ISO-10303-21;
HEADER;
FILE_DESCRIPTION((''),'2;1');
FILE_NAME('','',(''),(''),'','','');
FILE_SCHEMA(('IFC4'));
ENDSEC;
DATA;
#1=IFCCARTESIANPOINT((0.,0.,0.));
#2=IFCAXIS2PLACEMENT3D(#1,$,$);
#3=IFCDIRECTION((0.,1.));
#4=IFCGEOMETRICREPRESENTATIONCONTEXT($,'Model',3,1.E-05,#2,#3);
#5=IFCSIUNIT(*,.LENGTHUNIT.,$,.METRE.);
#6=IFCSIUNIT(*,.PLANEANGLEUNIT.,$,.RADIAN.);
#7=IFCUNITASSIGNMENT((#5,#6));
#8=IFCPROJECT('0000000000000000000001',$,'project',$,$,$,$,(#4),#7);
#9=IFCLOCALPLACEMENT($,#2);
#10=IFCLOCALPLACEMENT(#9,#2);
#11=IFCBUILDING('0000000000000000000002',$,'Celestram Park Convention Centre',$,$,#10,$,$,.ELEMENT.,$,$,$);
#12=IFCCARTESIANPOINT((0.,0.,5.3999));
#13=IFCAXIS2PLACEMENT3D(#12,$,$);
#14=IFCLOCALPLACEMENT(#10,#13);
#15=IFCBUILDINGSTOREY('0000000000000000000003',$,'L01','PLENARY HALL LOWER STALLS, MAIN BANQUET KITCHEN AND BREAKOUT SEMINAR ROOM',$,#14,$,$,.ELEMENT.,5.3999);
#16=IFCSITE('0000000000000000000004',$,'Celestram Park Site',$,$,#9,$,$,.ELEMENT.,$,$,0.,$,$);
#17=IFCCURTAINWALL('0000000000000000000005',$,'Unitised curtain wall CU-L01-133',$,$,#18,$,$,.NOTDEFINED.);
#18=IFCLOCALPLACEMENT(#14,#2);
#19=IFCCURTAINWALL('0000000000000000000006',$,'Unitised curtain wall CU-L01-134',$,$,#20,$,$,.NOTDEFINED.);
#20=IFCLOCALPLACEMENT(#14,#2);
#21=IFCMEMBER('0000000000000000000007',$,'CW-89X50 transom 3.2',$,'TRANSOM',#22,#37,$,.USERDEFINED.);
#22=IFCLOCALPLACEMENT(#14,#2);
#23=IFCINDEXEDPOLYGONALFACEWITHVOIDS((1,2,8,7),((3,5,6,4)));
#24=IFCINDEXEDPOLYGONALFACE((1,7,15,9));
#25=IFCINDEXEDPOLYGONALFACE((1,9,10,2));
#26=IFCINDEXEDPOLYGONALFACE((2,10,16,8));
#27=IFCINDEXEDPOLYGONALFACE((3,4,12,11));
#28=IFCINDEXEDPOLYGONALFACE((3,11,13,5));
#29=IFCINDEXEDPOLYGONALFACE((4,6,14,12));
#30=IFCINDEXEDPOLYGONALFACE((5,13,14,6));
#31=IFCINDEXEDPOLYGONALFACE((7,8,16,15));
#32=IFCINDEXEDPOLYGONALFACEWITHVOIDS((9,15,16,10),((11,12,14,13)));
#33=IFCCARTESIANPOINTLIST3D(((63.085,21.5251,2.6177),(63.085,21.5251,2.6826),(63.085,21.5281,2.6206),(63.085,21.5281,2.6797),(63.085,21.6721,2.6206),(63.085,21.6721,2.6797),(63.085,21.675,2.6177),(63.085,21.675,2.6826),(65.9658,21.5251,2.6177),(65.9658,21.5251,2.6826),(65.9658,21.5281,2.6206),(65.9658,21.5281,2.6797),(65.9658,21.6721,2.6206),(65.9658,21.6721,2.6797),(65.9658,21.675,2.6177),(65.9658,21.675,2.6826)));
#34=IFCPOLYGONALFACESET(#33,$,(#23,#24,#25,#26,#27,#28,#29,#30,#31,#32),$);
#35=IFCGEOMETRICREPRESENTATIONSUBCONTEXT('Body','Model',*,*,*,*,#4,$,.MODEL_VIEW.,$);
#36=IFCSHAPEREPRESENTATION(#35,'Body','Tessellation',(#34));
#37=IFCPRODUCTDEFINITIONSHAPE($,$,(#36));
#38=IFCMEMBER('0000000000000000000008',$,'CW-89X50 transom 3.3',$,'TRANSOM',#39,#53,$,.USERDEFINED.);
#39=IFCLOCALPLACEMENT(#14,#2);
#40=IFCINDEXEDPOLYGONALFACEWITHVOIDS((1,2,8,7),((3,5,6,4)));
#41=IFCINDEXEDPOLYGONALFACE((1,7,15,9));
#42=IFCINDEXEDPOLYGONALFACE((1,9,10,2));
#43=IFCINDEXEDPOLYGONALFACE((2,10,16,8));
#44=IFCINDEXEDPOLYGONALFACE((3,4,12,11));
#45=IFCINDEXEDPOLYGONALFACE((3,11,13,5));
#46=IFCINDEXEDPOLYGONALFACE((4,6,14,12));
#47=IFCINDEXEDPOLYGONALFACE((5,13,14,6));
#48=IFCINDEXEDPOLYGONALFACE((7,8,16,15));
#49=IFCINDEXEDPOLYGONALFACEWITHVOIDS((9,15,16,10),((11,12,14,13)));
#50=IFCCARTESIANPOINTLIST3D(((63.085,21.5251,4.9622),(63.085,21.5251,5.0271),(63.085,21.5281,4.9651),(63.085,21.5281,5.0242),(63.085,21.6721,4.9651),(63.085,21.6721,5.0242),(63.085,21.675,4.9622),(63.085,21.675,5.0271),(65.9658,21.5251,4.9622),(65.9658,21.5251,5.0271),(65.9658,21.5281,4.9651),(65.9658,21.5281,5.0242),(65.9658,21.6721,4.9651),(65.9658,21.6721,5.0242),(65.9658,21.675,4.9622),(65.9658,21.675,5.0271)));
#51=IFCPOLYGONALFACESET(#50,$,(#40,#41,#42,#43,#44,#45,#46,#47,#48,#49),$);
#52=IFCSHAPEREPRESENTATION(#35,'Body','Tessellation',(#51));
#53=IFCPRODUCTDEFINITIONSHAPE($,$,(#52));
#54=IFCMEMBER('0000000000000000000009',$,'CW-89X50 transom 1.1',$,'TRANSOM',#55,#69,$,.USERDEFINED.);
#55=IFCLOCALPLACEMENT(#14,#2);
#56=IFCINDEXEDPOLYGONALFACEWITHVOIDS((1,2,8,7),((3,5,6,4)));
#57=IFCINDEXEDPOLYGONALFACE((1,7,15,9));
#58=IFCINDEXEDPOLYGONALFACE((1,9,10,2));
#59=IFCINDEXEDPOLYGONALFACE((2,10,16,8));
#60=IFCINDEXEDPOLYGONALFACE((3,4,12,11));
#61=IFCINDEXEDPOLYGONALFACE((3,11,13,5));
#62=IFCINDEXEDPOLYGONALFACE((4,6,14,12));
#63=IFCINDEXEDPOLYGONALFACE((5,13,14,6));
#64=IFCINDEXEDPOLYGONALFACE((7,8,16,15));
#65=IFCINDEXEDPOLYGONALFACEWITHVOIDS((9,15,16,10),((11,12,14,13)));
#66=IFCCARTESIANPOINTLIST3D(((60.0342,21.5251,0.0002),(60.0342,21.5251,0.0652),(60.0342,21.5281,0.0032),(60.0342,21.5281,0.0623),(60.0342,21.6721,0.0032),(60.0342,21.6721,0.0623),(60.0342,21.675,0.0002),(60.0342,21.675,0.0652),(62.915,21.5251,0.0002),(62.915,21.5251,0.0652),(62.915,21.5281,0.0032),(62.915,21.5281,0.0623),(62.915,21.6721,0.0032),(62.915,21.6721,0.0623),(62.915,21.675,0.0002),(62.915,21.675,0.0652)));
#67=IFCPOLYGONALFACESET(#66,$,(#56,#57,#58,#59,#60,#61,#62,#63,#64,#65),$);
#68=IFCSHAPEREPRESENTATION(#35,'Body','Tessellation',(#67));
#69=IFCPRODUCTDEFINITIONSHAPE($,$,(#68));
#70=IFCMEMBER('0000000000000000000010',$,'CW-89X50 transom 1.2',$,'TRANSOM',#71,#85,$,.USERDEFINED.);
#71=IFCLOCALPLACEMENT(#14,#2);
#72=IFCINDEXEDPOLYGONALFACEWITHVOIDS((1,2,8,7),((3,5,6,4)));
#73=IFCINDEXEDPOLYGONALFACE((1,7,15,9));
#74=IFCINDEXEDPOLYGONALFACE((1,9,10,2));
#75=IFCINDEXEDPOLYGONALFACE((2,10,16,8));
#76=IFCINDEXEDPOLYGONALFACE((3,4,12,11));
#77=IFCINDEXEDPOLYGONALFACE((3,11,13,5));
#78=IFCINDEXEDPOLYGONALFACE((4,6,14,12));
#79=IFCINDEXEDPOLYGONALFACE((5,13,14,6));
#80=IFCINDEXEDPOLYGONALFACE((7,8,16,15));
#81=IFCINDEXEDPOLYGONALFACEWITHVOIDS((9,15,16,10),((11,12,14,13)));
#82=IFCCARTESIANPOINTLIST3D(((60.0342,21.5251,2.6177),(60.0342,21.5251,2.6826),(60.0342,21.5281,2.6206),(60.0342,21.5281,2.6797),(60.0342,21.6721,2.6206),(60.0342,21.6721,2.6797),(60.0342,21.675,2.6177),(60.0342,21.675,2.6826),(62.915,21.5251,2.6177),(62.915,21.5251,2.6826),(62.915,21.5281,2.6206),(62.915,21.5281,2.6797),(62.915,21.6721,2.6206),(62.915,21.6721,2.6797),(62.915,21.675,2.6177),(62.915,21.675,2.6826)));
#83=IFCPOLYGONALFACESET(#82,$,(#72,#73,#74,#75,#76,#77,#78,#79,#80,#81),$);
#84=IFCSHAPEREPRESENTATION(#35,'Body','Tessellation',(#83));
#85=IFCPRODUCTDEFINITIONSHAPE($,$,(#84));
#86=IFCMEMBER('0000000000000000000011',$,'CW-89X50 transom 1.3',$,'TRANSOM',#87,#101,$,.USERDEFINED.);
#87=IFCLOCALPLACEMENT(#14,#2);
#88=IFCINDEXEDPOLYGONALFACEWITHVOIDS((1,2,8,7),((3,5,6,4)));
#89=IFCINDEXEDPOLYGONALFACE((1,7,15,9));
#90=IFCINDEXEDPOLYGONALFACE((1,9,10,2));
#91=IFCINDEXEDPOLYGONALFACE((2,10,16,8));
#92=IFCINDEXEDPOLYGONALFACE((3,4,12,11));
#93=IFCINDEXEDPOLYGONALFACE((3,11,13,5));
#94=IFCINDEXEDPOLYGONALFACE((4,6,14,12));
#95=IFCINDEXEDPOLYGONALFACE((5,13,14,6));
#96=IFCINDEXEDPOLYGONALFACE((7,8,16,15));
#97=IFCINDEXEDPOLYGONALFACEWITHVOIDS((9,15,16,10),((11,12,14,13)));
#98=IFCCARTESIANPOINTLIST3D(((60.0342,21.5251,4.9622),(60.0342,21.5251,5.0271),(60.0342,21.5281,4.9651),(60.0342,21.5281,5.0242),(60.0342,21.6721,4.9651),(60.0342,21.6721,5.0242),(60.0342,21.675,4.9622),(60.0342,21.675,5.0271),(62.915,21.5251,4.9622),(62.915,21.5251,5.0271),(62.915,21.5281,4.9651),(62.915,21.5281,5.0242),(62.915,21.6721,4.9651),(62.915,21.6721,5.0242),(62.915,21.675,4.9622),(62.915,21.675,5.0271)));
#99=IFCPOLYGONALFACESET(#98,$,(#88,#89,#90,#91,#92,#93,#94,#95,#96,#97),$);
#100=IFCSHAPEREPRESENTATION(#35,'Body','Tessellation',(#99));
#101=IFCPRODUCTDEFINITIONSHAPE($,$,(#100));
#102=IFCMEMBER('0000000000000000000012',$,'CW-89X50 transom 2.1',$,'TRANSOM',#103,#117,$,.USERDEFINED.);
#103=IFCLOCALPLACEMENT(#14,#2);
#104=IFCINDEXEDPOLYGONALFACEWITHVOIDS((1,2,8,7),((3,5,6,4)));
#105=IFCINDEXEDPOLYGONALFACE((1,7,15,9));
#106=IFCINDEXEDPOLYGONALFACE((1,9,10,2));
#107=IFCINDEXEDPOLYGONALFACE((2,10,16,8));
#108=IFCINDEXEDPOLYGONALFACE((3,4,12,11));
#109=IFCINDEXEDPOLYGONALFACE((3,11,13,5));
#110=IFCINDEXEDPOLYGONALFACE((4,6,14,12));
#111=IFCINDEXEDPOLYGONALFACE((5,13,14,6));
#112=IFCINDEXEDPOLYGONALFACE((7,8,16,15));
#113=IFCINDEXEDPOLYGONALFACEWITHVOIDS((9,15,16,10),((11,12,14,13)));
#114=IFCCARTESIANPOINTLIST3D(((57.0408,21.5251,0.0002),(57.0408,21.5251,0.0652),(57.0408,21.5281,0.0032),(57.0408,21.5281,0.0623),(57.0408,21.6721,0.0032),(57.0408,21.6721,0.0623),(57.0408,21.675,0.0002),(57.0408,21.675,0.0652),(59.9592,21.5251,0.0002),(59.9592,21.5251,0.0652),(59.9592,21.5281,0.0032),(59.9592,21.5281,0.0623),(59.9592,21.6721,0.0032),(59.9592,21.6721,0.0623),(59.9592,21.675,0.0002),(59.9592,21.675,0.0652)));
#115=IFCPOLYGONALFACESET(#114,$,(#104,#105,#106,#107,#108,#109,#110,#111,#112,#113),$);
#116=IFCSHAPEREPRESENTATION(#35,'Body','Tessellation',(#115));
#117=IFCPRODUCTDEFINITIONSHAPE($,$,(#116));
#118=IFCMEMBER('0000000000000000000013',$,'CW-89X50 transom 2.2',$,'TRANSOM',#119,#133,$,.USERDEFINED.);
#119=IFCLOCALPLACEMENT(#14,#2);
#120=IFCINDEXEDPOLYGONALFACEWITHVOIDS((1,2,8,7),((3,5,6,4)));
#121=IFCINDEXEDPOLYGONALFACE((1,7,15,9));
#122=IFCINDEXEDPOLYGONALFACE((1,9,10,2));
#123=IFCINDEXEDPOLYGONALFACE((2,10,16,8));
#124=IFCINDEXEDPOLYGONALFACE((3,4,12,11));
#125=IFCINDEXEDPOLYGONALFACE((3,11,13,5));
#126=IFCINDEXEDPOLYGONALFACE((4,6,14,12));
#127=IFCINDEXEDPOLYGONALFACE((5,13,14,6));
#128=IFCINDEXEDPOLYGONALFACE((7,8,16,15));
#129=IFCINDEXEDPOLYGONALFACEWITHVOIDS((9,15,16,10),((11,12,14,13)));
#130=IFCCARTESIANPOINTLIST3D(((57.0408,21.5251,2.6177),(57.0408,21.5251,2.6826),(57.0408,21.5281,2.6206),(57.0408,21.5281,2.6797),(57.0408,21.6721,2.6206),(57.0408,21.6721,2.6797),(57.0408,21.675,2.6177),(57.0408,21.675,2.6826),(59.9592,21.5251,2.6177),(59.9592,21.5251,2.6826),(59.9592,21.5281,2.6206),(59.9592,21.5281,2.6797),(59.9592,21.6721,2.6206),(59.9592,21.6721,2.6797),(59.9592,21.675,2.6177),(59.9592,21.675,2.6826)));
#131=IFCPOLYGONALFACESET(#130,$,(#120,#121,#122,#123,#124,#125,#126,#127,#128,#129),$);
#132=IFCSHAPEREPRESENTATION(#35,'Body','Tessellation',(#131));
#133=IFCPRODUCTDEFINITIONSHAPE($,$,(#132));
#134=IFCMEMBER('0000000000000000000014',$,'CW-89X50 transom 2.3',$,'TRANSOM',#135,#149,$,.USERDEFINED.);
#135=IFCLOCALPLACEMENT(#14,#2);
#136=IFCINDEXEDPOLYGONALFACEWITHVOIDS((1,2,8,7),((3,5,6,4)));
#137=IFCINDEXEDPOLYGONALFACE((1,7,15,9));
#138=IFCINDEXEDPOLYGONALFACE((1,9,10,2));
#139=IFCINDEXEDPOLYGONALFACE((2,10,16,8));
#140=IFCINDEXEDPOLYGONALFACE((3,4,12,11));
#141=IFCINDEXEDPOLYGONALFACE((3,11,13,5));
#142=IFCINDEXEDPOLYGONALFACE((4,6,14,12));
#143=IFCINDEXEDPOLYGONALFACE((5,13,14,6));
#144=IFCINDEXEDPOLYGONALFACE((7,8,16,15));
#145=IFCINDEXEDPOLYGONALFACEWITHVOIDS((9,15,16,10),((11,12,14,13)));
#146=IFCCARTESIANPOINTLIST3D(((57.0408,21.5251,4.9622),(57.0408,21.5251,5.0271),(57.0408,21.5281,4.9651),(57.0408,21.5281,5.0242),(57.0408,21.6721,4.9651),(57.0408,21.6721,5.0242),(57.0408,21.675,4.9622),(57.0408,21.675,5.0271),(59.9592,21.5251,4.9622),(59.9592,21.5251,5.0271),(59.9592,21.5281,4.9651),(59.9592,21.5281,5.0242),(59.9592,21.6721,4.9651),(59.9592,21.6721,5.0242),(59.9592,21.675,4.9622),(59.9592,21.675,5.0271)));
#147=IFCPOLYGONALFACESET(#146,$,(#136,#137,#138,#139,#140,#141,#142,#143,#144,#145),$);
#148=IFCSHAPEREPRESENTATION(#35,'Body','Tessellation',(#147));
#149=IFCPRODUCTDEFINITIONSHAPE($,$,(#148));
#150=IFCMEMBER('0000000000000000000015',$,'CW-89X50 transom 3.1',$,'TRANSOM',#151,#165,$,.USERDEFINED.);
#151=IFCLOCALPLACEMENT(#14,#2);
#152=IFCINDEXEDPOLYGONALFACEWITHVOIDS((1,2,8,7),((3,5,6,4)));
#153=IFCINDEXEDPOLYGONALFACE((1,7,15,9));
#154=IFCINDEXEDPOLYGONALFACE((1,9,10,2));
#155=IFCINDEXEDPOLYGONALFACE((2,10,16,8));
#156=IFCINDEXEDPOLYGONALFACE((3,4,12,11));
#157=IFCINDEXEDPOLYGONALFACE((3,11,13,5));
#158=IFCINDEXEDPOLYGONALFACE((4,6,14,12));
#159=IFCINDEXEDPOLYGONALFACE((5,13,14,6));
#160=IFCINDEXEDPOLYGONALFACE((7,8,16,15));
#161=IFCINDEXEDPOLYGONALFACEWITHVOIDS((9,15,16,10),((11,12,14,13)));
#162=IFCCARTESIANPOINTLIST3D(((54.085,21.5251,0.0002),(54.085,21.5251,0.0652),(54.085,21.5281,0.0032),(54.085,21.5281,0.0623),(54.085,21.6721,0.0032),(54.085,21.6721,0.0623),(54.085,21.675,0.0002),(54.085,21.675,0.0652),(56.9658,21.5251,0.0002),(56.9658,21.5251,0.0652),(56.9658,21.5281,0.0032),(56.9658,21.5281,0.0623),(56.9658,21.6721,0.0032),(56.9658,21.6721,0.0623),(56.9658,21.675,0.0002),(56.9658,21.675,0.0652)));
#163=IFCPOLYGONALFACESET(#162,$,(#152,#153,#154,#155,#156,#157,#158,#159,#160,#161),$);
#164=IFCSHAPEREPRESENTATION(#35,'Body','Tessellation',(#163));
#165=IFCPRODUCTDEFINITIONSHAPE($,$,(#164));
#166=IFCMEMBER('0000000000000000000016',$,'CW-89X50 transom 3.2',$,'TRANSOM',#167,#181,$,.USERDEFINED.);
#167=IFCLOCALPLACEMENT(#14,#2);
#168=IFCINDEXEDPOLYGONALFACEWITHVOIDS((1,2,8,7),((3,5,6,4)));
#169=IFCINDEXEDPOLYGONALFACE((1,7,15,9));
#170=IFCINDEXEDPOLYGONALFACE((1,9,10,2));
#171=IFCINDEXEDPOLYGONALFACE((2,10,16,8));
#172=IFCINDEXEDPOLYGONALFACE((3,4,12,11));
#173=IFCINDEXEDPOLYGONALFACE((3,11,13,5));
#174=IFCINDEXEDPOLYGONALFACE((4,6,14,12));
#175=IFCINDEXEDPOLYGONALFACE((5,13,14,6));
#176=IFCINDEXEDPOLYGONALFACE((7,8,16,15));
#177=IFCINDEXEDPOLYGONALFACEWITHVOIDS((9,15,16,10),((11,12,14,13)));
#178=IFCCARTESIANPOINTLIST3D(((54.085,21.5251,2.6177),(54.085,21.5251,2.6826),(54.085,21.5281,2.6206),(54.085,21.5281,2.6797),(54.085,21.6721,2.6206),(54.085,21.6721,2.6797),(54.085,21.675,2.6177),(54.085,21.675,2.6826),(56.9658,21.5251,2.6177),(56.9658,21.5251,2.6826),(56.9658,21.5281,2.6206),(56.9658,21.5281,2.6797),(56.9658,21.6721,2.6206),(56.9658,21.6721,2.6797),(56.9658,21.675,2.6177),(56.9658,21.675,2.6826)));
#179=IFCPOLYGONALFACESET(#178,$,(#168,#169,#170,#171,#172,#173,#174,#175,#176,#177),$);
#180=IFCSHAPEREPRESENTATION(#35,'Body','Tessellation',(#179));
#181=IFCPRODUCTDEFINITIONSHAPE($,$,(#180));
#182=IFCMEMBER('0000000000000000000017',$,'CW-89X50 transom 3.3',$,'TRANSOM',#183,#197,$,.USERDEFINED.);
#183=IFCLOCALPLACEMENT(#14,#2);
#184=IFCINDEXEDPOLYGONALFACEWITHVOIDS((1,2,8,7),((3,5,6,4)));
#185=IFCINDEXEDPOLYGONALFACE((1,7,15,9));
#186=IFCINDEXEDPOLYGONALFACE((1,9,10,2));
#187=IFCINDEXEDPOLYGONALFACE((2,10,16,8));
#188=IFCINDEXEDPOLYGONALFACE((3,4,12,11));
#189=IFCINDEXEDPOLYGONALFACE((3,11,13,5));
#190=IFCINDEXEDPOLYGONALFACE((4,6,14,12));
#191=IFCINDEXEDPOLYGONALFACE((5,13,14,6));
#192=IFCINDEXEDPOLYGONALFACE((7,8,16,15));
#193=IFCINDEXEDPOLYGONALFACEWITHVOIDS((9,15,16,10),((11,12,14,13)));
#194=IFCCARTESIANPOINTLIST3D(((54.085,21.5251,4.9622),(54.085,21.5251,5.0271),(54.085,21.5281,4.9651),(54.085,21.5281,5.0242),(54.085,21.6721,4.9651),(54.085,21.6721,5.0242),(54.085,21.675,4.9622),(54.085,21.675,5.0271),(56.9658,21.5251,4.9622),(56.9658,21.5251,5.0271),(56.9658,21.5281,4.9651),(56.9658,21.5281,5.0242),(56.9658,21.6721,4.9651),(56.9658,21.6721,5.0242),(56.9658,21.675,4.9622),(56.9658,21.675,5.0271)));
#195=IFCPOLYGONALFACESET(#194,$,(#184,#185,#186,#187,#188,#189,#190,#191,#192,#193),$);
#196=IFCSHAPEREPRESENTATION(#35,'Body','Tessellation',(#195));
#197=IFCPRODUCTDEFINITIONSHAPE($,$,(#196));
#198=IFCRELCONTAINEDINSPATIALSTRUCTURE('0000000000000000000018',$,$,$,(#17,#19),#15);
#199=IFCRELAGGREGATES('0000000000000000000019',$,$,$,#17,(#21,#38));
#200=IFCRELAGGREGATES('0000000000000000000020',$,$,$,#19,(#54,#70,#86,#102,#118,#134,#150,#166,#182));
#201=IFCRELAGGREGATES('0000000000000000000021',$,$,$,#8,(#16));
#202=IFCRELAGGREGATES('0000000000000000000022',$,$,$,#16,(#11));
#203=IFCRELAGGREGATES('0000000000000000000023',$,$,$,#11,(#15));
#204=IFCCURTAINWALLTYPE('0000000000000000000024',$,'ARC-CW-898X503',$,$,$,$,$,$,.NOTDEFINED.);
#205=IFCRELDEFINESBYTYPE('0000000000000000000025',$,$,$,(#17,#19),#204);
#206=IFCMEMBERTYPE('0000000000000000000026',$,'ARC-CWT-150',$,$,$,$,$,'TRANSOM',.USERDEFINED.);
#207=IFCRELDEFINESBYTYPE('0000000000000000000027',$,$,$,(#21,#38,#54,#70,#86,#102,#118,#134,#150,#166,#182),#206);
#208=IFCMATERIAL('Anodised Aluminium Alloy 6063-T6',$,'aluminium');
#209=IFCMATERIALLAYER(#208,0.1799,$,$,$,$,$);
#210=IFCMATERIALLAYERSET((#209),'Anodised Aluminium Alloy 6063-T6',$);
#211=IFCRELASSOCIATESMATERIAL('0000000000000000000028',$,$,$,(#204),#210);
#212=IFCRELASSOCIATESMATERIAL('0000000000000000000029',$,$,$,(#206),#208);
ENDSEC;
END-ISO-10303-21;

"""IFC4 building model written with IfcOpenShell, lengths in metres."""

from ifc_helpers import new_model, si_unit, direction, frame, origin, origin_2d, place, context, subcontext, project, spatial, hollow_rectangle, extrude, material, layer, layer_set, material_profile, profile_set, type_object, element, aggregate, save


model = new_model("IFC4")

# Units and contexts
model_context = context("Model", 3, precision=1e-05, world=origin(), true_north=direction((0.0, 1.0)))
body_context = subcontext(model_context, "Body", "Model", "MODEL_VIEW")
ifc_project = project(units=[si_unit("LENGTHUNIT", "METRE"), si_unit("PLANEANGLEUNIT", "RADIAN")], contexts=[model_context])

# Site, building, storey
site_placement = place(None, origin())
site = spatial("IfcSite", under=ifc_project, at=site_placement, Name="Celestram Park Site", CompositionType="ELEMENT", RefElevation=0.0)
building_placement = place(site_placement, origin())
building = spatial("IfcBuilding", under=site, at=building_placement, Name="Celestram Park Convention Centre", CompositionType="ELEMENT")
storey_placement = place(building_placement, frame((0.0, 0.0, 5.3999)))
storey = spatial("IfcBuildingStorey", under=building, at=storey_placement, Name="L01", Description="PLENARY HALL LOWER STALLS, MAIN BANQUET KITCHEN AND BREAKOUT SEMINAR ROOM", CompositionType="ELEMENT", Elevation=5.3999)

# Curtain walls
ifc_material_1 = material(Name="Anodised Aluminium Alloy 6063-T6", Category="aluminium")
ifc_layer_1 = layer(ifc_material_1, 0.1799)
ifc_layer_set_1 = layer_set([ifc_layer_1], Name="Anodised Aluminium Alloy 6063-T6")
curtain_wall_type = type_object("IfcCurtainWallType", Name="ARC-CW-898X503", PredefinedType="NOTDEFINED", material=ifc_layer_set_1)
curtain_wall_1_placement = place(storey_placement, origin())
curtain_wall_1 = element("IfcCurtainWall", 1, at=curtain_wall_1_placement, inside=storey, type_object=curtain_wall_type, Name="Unitised curtain wall CU-L01-133", PredefinedType="NOTDEFINED")
curtain_wall_2_placement = place(storey_placement, origin())
curtain_wall_2 = element("IfcCurtainWall", 2, at=curtain_wall_2_placement, inside=storey, type_object=curtain_wall_type, Name="Unitised curtain wall CU-L01-134", PredefinedType="NOTDEFINED")

# Members
ifc_material_profile_1 = material_profile(ifc_material_1, hollow_rectangle(XDim=0.1499, YDim=0.0649, WallThickness=0.0029, at=origin_2d()), Name="ALU150X65X3")
ifc_profile_set_1 = profile_set([ifc_material_profile_1], Name="Anodised Aluminium Alloy 6063-T6")
member_type_1 = type_object("IfcMemberType", Name="ARC-CWT-150", ElementType="TRANSOM", PredefinedType="USERDEFINED", material=ifc_profile_set_1)
member_1_placement = place(storey_placement, frame((65.9658, 21.6001, 2.6501), z_axis=(-1.0, 0.0, 0.0), x_axis=(0.0, -1.0, 0.0)))
member_1 = element("IfcMember", 3, at=member_1_placement, type_object=member_type_1, Name="CW-89X50 transom 3.2", ObjectType="TRANSOM", PredefinedType="USERDEFINED", context=body_context, shape_type="SweptSolid", body=[
    extrude(hollow_rectangle(XDim=0.1499, YDim=0.0649, WallThickness=0.0029, at=origin_2d()), origin(), (0.0, 0.0, 1.0), 2.8809),
])
member_2_placement = place(storey_placement, frame((65.9658, 21.6001, 4.9946), z_axis=(-1.0, 0.0, 0.0), x_axis=(0.0, -1.0, 0.0)))
member_2 = element("IfcMember", 4, at=member_2_placement, type_object=member_type_1, Name="CW-89X50 transom 3.3", ObjectType="TRANSOM", PredefinedType="USERDEFINED", context=body_context, shape_type="SweptSolid", body=[
    extrude(hollow_rectangle(XDim=0.1499, YDim=0.0649, WallThickness=0.0029, at=origin_2d()), origin(), (0.0, 0.0, 1.0), 2.8809),
])
member_3_placement = place(storey_placement, frame((62.915, 21.6001, 0.0327), z_axis=(-1.0, 0.0, 0.0), x_axis=(0.0, -1.0, 0.0)))
member_3 = element("IfcMember", 5, at=member_3_placement, type_object=member_type_1, Name="CW-89X50 transom 1.1", ObjectType="TRANSOM", PredefinedType="USERDEFINED", context=body_context, shape_type="SweptSolid", body=[
    extrude(hollow_rectangle(XDim=0.1499, YDim=0.0649, WallThickness=0.0029, at=origin_2d()), origin(), (0.0, 0.0, 1.0), 2.8809),
])
member_4_placement = place(storey_placement, frame((62.915, 21.6001, 2.6501), z_axis=(-1.0, 0.0, 0.0), x_axis=(0.0, -1.0, 0.0)))
member_4 = element("IfcMember", 6, at=member_4_placement, type_object=member_type_1, Name="CW-89X50 transom 1.2", ObjectType="TRANSOM", PredefinedType="USERDEFINED", context=body_context, shape_type="SweptSolid", body=[
    extrude(hollow_rectangle(XDim=0.1499, YDim=0.0649, WallThickness=0.0029, at=origin_2d()), origin(), (0.0, 0.0, 1.0), 2.8809),
])
member_5_placement = place(storey_placement, frame((62.915, 21.6001, 4.9946), z_axis=(-1.0, 0.0, 0.0), x_axis=(0.0, -1.0, 0.0)))
member_5 = element("IfcMember", 7, at=member_5_placement, type_object=member_type_1, Name="CW-89X50 transom 1.3", ObjectType="TRANSOM", PredefinedType="USERDEFINED", context=body_context, shape_type="SweptSolid", body=[
    extrude(hollow_rectangle(XDim=0.1499, YDim=0.0649, WallThickness=0.0029, at=origin_2d()), origin(), (0.0, 0.0, 1.0), 2.8809),
])
member_6_placement = place(storey_placement, frame((59.9592, 21.6001, 0.0327), z_axis=(-1.0, 0.0, 0.0), x_axis=(0.0, -1.0, 0.0)))
member_6 = element("IfcMember", 8, at=member_6_placement, type_object=member_type_1, Name="CW-89X50 transom 2.1", ObjectType="TRANSOM", PredefinedType="USERDEFINED", context=body_context, shape_type="SweptSolid", body=[
    extrude(hollow_rectangle(XDim=0.1499, YDim=0.0649, WallThickness=0.0029, at=origin_2d()), origin(), (0.0, 0.0, 1.0), 2.9185),
])
member_7_placement = place(storey_placement, frame((59.9592, 21.6001, 2.6501), z_axis=(-1.0, 0.0, 0.0), x_axis=(0.0, -1.0, 0.0)))
member_7 = element("IfcMember", 9, at=member_7_placement, type_object=member_type_1, Name="CW-89X50 transom 2.2", ObjectType="TRANSOM", PredefinedType="USERDEFINED", context=body_context, shape_type="SweptSolid", body=[
    extrude(hollow_rectangle(XDim=0.1499, YDim=0.0649, WallThickness=0.0029, at=origin_2d()), origin(), (0.0, 0.0, 1.0), 2.9185),
])
member_8_placement = place(storey_placement, frame((59.9592, 21.6001, 4.9946), z_axis=(-1.0, 0.0, 0.0), x_axis=(0.0, -1.0, 0.0)))
member_8 = element("IfcMember", 10, at=member_8_placement, type_object=member_type_1, Name="CW-89X50 transom 2.3", ObjectType="TRANSOM", PredefinedType="USERDEFINED", context=body_context, shape_type="SweptSolid", body=[
    extrude(hollow_rectangle(XDim=0.1499, YDim=0.0649, WallThickness=0.0029, at=origin_2d()), origin(), (0.0, 0.0, 1.0), 2.9185),
])
member_9_placement = place(storey_placement, frame((56.9658, 21.6001, 0.0327), z_axis=(-1.0, 0.0, 0.0), x_axis=(0.0, -1.0, 0.0)))
member_9 = element("IfcMember", 11, at=member_9_placement, type_object=member_type_1, Name="CW-89X50 transom 3.1", ObjectType="TRANSOM", PredefinedType="USERDEFINED", context=body_context, shape_type="SweptSolid", body=[
    extrude(hollow_rectangle(XDim=0.1499, YDim=0.0649, WallThickness=0.0029, at=origin_2d()), origin(), (0.0, 0.0, 1.0), 2.8809),
])
member_10_placement = place(storey_placement, frame((56.9658, 21.6001, 2.6501), z_axis=(-1.0, 0.0, 0.0), x_axis=(0.0, -1.0, 0.0)))
member_10 = element("IfcMember", 12, at=member_10_placement, type_object=member_type_1, Name="CW-89X50 transom 3.2", ObjectType="TRANSOM", PredefinedType="USERDEFINED", context=body_context, shape_type="SweptSolid", body=[
    extrude(hollow_rectangle(XDim=0.1499, YDim=0.0649, WallThickness=0.0029, at=origin_2d()), origin(), (0.0, 0.0, 1.0), 2.8809),
])
member_11_placement = place(storey_placement, frame((56.9658, 21.6001, 4.9946), z_axis=(-1.0, 0.0, 0.0), x_axis=(0.0, -1.0, 0.0)))
member_11 = element("IfcMember", 13, at=member_11_placement, type_object=member_type_1, Name="CW-89X50 transom 3.3", ObjectType="TRANSOM", PredefinedType="USERDEFINED", context=body_context, shape_type="SweptSolid", body=[
    extrude(hollow_rectangle(XDim=0.1499, YDim=0.0649, WallThickness=0.0029, at=origin_2d()), origin(), (0.0, 0.0, 1.0), 2.8809),
])

aggregate(curtain_wall_1, [member_1, member_2])
aggregate(curtain_wall_2, [member_3, member_4, member_5, member_6, member_7, member_8, member_9, member_10, member_11])

save(model, "model.ifc")
